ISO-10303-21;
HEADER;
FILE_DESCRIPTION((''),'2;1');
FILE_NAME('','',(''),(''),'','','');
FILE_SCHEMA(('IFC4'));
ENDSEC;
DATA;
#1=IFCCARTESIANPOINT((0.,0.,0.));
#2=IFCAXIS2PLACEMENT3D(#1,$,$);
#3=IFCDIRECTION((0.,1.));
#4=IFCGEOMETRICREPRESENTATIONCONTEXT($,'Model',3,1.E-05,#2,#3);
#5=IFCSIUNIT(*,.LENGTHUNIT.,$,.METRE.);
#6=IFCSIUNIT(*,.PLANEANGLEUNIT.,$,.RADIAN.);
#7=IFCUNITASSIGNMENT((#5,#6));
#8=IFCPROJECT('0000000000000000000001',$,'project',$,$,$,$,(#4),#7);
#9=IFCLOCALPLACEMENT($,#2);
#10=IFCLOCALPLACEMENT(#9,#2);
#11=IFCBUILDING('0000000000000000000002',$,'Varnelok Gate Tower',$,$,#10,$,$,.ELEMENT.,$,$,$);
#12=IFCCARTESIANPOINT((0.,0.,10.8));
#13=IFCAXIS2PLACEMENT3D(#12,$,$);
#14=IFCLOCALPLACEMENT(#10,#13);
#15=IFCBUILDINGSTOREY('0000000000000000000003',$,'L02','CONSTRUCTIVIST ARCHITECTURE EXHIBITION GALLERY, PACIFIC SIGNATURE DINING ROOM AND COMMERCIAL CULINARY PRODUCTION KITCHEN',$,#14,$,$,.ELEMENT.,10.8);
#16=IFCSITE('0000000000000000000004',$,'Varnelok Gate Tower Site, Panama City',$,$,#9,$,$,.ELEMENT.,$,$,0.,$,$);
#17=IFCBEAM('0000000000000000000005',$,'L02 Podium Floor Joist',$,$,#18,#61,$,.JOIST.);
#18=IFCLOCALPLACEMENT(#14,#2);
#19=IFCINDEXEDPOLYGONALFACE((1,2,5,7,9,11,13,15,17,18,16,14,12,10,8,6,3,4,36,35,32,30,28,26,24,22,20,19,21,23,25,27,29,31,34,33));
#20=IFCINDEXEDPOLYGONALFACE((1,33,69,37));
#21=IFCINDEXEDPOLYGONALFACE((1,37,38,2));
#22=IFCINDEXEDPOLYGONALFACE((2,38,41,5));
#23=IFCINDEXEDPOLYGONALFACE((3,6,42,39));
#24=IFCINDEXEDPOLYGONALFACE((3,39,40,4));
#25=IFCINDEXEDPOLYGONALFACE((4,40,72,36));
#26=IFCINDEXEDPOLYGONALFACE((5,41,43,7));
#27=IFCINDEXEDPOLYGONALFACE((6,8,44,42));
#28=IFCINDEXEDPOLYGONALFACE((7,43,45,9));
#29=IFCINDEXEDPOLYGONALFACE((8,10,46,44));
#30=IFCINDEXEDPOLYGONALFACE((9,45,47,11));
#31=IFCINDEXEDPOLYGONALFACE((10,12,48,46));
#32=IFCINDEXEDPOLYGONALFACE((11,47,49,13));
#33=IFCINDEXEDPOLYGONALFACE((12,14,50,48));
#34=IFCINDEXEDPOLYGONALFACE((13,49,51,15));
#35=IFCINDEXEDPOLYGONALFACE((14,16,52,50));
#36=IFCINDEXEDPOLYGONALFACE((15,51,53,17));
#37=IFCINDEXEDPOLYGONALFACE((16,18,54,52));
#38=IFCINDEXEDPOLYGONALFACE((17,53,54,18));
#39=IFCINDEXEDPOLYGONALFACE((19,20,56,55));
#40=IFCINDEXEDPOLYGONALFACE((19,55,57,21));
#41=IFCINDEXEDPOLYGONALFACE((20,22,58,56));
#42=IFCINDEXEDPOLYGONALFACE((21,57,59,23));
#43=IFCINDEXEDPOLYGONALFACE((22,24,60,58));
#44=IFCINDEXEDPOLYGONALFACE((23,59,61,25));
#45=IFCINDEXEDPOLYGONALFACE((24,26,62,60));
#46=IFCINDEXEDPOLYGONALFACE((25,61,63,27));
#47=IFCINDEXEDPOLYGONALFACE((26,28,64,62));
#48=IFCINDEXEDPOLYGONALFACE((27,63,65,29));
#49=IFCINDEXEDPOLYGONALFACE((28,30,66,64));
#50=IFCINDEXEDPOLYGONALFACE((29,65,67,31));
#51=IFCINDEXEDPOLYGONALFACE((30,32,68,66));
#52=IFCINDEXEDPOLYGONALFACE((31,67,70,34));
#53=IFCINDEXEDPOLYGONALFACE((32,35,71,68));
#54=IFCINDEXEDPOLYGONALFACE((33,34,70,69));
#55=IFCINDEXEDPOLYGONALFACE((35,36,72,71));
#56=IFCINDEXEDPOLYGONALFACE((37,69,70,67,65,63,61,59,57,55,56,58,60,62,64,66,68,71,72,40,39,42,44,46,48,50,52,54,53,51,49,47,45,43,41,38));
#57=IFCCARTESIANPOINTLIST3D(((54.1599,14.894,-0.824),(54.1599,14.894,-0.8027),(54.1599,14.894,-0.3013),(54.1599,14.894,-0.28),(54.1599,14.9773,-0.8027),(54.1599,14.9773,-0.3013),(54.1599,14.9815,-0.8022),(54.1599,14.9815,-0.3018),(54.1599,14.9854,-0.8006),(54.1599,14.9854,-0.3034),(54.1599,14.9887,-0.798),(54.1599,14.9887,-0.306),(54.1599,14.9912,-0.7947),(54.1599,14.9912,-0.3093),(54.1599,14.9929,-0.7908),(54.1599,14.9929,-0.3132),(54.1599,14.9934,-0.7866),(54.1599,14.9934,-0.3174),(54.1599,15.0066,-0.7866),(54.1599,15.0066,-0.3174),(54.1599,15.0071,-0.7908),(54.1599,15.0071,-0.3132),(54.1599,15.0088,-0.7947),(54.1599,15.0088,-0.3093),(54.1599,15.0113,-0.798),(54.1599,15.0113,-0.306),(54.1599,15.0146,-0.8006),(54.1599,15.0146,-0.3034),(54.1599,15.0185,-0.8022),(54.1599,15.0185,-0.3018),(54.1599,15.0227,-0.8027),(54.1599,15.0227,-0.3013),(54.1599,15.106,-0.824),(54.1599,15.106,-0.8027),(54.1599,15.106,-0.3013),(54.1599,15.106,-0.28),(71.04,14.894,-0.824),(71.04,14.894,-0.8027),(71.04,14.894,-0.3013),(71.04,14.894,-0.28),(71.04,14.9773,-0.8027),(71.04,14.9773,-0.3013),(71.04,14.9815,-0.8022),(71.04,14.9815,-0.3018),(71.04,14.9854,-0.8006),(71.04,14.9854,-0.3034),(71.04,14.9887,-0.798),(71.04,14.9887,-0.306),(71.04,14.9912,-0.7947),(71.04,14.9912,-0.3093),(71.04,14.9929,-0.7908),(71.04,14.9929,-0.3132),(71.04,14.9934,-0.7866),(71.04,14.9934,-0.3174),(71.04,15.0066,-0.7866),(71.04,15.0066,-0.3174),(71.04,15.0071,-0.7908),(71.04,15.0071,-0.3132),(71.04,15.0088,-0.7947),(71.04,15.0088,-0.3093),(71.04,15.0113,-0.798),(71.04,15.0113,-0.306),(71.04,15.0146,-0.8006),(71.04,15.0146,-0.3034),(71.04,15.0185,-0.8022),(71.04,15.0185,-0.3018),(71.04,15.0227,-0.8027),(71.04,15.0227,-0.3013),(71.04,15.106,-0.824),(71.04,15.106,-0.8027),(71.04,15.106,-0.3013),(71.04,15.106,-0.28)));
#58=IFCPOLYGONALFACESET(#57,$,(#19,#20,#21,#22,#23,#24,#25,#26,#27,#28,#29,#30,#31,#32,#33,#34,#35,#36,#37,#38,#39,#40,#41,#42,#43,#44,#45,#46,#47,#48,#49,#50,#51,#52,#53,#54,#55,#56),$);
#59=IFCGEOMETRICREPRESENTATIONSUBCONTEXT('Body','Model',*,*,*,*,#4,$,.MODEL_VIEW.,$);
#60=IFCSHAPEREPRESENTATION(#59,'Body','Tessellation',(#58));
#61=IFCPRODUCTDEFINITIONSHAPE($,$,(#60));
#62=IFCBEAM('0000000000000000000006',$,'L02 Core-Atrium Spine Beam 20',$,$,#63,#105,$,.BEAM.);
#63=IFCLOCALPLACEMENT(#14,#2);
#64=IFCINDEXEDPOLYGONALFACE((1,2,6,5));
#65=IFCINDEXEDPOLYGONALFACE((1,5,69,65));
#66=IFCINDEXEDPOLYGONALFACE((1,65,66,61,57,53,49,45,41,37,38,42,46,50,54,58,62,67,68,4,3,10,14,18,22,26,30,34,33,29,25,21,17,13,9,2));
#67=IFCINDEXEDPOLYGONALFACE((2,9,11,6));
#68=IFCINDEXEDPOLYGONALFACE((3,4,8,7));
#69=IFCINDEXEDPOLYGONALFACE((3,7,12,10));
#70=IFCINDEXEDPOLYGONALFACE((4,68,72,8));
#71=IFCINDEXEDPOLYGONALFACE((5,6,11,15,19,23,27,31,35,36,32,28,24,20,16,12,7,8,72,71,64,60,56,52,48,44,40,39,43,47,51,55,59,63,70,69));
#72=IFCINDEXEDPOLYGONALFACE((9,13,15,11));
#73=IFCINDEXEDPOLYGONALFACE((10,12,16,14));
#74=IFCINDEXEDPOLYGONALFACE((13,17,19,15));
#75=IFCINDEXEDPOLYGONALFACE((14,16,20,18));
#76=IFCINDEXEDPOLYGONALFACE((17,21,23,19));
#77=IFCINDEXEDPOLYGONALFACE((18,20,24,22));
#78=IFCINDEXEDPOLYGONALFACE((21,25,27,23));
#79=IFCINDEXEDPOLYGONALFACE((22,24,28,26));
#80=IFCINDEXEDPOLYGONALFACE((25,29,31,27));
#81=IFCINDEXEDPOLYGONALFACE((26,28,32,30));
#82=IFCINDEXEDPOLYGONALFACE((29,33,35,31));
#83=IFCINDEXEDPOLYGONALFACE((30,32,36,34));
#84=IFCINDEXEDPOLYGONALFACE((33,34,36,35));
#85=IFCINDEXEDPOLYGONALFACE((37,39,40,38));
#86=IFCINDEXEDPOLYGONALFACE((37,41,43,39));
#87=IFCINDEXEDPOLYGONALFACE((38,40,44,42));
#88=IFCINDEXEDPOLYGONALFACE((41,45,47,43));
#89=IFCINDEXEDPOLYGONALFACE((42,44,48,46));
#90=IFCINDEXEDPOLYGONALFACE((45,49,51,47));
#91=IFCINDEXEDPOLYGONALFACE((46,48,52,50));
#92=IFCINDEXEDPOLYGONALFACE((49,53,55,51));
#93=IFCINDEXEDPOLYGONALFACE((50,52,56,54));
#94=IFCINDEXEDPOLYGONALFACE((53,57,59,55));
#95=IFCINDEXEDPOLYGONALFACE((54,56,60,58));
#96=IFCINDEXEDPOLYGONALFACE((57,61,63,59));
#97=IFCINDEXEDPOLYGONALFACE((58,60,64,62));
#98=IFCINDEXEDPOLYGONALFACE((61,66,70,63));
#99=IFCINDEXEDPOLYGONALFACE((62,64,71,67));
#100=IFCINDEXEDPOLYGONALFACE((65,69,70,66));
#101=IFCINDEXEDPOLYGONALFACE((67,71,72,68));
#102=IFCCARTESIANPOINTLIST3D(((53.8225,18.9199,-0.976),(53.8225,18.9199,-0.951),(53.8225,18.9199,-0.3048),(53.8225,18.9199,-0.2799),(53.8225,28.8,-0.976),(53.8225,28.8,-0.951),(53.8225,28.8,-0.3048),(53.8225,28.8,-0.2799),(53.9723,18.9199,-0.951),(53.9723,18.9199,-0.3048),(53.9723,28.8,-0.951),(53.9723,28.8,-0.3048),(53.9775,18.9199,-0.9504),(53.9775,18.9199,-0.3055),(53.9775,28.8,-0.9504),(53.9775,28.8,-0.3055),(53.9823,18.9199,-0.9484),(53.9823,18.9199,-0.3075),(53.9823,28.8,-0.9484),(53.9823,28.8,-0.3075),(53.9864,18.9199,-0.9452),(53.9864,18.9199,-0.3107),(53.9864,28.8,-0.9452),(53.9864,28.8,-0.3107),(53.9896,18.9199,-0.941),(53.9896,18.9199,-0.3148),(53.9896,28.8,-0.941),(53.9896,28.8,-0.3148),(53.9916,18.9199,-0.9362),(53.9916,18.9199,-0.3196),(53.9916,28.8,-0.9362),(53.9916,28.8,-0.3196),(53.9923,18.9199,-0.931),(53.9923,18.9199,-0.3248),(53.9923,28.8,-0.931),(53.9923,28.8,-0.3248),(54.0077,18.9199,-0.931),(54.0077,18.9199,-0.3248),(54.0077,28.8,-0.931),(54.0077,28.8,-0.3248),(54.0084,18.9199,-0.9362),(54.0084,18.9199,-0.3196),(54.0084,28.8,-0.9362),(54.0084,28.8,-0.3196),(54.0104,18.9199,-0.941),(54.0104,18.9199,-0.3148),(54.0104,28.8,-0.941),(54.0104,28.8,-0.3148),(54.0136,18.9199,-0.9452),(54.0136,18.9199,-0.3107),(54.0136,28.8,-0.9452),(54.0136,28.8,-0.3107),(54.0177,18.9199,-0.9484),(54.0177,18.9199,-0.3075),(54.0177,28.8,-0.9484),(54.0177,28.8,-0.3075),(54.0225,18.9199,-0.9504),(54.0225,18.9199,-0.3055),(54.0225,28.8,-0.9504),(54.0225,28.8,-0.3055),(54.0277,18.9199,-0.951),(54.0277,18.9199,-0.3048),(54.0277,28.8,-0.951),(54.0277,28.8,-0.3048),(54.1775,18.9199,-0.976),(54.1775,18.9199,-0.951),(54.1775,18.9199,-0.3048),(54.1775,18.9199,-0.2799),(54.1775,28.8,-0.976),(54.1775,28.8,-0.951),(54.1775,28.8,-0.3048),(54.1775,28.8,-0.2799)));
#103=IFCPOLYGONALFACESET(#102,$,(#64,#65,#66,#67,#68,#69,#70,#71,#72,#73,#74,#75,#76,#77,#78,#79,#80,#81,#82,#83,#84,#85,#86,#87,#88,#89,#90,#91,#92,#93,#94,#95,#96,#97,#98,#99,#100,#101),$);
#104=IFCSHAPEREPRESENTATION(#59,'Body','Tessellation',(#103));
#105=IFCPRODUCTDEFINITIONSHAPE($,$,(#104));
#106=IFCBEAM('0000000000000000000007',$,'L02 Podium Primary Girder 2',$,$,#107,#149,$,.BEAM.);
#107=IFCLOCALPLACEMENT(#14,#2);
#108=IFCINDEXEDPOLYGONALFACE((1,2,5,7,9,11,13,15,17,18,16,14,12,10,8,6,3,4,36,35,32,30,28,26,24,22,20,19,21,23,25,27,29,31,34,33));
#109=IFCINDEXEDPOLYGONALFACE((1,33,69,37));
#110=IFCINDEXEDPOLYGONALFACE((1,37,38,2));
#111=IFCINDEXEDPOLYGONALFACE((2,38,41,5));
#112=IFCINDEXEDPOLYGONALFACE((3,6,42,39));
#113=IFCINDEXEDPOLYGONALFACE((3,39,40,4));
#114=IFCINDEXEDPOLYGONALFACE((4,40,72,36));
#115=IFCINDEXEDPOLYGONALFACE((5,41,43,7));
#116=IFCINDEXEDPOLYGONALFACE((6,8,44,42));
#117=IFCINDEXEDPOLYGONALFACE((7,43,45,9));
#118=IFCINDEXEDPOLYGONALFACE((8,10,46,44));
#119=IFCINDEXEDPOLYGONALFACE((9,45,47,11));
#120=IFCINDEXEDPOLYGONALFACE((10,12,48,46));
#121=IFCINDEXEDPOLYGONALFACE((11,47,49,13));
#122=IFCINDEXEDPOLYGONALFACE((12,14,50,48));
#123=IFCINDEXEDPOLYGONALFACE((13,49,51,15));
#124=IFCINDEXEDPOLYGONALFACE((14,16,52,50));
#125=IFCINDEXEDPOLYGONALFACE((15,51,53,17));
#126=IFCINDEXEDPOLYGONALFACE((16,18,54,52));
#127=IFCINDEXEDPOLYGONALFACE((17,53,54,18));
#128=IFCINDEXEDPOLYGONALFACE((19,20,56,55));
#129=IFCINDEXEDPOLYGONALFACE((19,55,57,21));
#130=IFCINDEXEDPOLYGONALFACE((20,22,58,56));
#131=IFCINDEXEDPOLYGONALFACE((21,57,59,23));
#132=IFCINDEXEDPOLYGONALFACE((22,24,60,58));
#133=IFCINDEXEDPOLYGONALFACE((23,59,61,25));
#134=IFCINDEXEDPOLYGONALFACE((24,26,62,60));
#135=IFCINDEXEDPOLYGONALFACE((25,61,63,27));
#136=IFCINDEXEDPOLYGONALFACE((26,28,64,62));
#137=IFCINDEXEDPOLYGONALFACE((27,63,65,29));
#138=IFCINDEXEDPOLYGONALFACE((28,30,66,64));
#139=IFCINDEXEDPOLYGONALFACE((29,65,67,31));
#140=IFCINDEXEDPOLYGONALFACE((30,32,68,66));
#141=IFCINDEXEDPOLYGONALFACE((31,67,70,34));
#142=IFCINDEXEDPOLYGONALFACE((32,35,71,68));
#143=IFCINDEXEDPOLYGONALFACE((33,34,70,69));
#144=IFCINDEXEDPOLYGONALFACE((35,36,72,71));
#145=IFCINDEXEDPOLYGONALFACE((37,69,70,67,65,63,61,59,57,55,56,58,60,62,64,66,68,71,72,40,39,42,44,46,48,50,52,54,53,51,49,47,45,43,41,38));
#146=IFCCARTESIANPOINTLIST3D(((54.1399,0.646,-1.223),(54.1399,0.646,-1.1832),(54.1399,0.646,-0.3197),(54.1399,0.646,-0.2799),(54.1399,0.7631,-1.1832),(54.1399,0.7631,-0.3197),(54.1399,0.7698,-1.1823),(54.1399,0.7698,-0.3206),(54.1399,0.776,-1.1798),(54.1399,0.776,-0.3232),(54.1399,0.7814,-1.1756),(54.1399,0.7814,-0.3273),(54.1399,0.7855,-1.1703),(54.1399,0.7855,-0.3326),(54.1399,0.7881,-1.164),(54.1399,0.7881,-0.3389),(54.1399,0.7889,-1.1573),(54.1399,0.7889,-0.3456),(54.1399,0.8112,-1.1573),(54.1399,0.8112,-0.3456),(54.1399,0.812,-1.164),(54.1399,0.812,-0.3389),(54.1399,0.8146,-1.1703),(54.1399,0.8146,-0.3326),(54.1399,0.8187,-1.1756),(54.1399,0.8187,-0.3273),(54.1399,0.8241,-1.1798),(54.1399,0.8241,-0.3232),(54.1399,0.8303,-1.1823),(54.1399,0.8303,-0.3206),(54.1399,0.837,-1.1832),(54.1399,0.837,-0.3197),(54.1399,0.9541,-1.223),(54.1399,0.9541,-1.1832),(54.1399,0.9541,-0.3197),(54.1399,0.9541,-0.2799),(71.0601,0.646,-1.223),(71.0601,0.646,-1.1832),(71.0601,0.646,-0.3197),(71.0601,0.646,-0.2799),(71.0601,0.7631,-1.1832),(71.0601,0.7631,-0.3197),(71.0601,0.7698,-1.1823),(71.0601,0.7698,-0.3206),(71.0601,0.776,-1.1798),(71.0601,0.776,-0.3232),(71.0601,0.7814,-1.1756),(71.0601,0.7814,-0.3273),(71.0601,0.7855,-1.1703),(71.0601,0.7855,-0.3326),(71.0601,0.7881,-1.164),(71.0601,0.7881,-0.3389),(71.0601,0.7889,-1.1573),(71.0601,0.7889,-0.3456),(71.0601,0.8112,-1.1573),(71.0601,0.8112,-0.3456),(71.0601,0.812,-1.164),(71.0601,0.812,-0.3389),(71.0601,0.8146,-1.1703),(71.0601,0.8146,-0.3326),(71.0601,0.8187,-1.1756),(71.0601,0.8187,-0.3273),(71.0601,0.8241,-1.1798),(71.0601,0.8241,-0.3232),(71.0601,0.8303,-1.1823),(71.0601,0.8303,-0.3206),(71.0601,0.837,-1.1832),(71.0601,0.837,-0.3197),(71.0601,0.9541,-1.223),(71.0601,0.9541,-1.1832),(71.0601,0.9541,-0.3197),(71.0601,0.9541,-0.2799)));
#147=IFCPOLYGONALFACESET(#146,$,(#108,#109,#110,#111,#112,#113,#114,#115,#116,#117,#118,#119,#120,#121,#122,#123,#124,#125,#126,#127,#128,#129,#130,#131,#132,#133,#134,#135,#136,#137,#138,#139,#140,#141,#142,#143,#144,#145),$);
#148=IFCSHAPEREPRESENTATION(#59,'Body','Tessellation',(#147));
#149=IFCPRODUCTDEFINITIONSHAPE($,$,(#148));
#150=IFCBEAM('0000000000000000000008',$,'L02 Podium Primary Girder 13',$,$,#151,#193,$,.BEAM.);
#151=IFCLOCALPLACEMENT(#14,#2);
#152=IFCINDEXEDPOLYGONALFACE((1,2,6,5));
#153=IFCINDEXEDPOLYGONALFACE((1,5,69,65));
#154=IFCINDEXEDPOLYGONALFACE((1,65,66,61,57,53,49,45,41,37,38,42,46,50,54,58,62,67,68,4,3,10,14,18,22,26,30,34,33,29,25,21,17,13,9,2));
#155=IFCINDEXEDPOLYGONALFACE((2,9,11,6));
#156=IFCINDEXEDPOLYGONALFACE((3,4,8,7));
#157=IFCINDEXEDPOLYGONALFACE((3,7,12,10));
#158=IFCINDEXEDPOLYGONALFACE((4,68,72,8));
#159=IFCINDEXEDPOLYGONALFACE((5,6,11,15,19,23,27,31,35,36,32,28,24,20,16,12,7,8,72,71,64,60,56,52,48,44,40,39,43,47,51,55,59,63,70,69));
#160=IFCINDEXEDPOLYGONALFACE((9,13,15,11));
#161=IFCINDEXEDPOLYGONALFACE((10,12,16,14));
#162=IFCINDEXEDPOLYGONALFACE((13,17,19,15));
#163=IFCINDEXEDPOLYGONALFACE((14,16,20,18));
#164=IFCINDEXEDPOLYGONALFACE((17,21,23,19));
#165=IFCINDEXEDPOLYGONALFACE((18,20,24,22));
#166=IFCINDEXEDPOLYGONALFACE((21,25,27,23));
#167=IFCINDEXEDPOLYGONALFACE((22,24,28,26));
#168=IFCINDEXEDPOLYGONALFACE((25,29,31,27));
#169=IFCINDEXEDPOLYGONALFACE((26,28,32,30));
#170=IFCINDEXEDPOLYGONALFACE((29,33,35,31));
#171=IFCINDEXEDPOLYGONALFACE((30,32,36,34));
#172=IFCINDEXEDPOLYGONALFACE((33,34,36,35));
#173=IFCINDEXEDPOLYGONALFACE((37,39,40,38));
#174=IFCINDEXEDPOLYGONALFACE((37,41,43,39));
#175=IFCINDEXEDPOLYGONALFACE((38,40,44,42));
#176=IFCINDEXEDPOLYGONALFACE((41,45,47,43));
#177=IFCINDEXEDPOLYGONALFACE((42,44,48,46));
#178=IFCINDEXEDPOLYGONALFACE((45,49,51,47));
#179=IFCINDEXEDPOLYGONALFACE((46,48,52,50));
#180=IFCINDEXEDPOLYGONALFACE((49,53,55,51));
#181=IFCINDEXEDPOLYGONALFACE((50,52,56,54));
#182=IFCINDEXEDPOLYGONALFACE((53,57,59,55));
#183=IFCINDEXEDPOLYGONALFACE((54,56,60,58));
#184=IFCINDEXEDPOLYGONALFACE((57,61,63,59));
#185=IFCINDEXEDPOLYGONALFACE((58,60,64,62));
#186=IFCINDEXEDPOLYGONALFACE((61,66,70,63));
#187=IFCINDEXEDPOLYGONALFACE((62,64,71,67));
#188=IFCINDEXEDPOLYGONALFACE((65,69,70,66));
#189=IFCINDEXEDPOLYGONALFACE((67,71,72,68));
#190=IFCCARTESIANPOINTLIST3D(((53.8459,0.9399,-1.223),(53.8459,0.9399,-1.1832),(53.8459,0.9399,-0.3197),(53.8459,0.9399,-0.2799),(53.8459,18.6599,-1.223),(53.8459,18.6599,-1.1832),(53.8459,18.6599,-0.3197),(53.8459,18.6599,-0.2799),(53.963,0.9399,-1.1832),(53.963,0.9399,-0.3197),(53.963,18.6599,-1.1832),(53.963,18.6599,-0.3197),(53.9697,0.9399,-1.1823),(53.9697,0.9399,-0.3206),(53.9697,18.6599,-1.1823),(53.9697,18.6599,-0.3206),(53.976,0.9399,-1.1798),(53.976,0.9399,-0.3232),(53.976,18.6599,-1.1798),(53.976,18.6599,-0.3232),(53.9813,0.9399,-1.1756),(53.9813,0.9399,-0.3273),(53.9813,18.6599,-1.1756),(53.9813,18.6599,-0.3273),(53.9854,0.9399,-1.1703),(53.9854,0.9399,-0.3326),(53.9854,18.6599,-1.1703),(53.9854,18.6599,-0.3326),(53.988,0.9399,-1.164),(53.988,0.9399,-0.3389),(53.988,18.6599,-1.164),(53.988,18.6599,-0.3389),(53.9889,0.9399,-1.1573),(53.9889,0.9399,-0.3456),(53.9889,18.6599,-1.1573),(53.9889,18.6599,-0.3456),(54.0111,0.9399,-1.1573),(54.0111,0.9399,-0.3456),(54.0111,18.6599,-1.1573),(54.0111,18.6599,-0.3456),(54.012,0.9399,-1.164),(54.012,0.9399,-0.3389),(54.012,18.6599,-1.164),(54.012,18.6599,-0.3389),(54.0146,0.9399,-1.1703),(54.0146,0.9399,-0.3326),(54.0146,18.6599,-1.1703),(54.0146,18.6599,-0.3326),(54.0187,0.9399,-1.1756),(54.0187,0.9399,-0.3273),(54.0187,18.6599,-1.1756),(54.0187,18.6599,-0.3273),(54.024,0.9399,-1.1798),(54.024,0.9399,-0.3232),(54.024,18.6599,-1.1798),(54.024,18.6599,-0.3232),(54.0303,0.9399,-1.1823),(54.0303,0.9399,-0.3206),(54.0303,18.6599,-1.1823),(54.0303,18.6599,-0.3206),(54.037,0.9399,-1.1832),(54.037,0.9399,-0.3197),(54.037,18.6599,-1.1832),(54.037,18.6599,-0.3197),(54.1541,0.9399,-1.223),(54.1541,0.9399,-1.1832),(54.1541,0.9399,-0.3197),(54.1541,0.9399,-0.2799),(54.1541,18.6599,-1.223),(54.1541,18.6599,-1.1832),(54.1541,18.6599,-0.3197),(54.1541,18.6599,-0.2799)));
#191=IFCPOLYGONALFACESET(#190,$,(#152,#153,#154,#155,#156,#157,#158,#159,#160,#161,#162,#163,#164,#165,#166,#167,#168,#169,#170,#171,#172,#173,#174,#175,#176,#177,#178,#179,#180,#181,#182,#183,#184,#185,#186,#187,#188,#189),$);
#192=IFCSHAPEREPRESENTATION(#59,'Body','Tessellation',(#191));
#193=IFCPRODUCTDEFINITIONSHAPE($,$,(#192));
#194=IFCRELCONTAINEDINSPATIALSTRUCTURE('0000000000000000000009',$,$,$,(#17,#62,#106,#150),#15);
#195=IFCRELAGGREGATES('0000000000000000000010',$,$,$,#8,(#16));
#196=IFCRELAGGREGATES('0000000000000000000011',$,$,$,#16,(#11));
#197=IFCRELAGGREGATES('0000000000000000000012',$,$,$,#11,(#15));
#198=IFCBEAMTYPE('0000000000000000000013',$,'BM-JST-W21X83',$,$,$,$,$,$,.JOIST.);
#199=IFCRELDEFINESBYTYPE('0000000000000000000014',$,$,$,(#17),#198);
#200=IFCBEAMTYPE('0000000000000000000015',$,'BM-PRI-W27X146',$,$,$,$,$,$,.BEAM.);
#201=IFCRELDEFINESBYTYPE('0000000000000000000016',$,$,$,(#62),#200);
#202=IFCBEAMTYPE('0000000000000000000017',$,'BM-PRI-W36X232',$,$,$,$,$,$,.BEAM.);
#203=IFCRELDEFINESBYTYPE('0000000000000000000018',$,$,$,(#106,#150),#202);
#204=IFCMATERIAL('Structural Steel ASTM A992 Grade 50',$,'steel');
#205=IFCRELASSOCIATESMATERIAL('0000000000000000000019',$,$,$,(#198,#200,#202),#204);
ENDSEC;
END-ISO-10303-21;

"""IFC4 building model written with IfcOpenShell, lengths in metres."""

from ifc_helpers import new_model, si_unit, direction, frame, origin, origin_2d, place, context, subcontext, project, spatial, i_section, extrude, material, material_profile, profile_set, type_object, element, save


model = new_model("IFC4")

# Units and contexts
model_context = context("Model", 3, precision=1e-05, world=origin(), true_north=direction((0.0, 1.0)))
body_context = subcontext(model_context, "Body", "Model", "MODEL_VIEW")
ifc_project = project(units=[si_unit("LENGTHUNIT", "METRE"), si_unit("PLANEANGLEUNIT", "RADIAN")], contexts=[model_context])

# Site, building, storey
site_placement = place(None, origin())
site = spatial("IfcSite", under=ifc_project, at=site_placement, Name="Varnelok Gate Tower Site, Panama City", CompositionType="ELEMENT", RefElevation=0.0)
building_placement = place(site_placement, origin())
building = spatial("IfcBuilding", under=site, at=building_placement, Name="Varnelok Gate Tower", CompositionType="ELEMENT")
storey_placement = place(building_placement, frame((0.0, 0.0, 10.8)))
storey = spatial("IfcBuildingStorey", under=building, at=storey_placement, Name="L02", Description="CONSTRUCTIVIST ARCHITECTURE EXHIBITION GALLERY, PACIFIC SIGNATURE DINING ROOM AND COMMERCIAL CULINARY PRODUCTION KITCHEN", CompositionType="ELEMENT", Elevation=10.8)

# Beams
ifc_material_1 = material(Name="Structural Steel ASTM A992 Grade 50", Category="steel")
ifc_material_profile_1 = material_profile(ifc_material_1, i_section(OverallWidth=0.2119, OverallDepth=0.5439, WebThickness=0.0132, FlangeThickness=0.0212, FilletRadius=0.0161, at=origin_2d()), Name="W21X83")
ifc_profile_set_1 = profile_set([ifc_material_profile_1], Name="Structural Steel ASTM A992 Grade 50")
beam_type_1 = type_object("IfcBeamType", Name="BM-JST-W21X83", PredefinedType="JOIST", material=ifc_profile_set_1)
for number, where, z_axis, x_axis, name in (
    (1, (54.1599, 15.0, -0.552), (1.0, 0.0, 0.0), (0.0, 1.0, 0.0), "L02 Podium Floor Joist"),
):
    element("IfcBeam", number, at=place(storey_placement, frame(where, z_axis=z_axis, x_axis=x_axis)), inside=storey, type_object=beam_type_1, Name=name, PredefinedType="JOIST", context=body_context, shape_type="SweptSolid", body=[
        extrude(i_section(OverallWidth=0.2119, OverallDepth=0.5439, WebThickness=0.0132, FlangeThickness=0.0212, FilletRadius=0.0161, at=origin_2d()), origin(), (0.0, 0.0, 1.0), 16.8801),
    ])
ifc_material_profile_2 = material_profile(ifc_material_1, i_section(OverallWidth=0.355, OverallDepth=0.696, WebThickness=0.0154, FlangeThickness=0.0249, FilletRadius=0.02, at=origin_2d()), Name="W27X146")
ifc_profile_set_2 = profile_set([ifc_material_profile_2], Name="Structural Steel ASTM A992 Grade 50")
beam_type_2 = type_object("IfcBeamType", Name="BM-PRI-W27X146", PredefinedType="BEAM", material=ifc_profile_set_2)
beam_1_placement = place(storey_placement, frame((54.0, 18.9199, -0.6279), z_axis=(0.0, 1.0, 0.0), x_axis=(-1.0, 0.0, 0.0)))
element("IfcBeam", 2, at=beam_1_placement, inside=storey, type_object=beam_type_2, Name="L02 Core-Atrium Spine Beam 20", PredefinedType="BEAM", context=body_context, shape_type="SweptSolid", body=[
    extrude(i_section(OverallWidth=0.355, OverallDepth=0.696, WebThickness=0.0154, FlangeThickness=0.0249, FilletRadius=0.02, at=origin_2d()), origin(), (0.0, 0.0, 1.0), 9.8801),
])
ifc_material_profile_3 = material_profile(ifc_material_1, i_section(OverallWidth=0.3081, OverallDepth=0.9431, WebThickness=0.0222, FlangeThickness=0.0398, FilletRadius=0.0259, at=origin_2d()), Name="W36X232")
ifc_profile_set_3 = profile_set([ifc_material_profile_3], Name="Structural Steel ASTM A992 Grade 50")
beam_type_3 = type_object("IfcBeamType", Name="BM-PRI-W36X232", PredefinedType="BEAM", material=ifc_profile_set_3)
beam_2_placement = place(storey_placement, frame((54.1399, 0.8, -0.7515), z_axis=(1.0, 0.0, 0.0), x_axis=(0.0, 1.0, 0.0)))
element("IfcBeam", 3, at=beam_2_placement, inside=storey, type_object=beam_type_3, Name="L02 Podium Primary Girder 2", PredefinedType="BEAM", context=body_context, shape_type="SweptSolid", body=[
    extrude(i_section(OverallWidth=0.3081, OverallDepth=0.9431, WebThickness=0.0222, FlangeThickness=0.0398, FilletRadius=0.0259, at=origin_2d()), origin(), (0.0, 0.0, 1.0), 16.9202),
])
beam_3_placement = place(storey_placement, frame((54.0, 0.9399, -0.7515), z_axis=(0.0, 1.0, 0.0), x_axis=(-1.0, 0.0, 0.0)))
element("IfcBeam", 4, at=beam_3_placement, inside=storey, type_object=beam_type_3, Name="L02 Podium Primary Girder 13", PredefinedType="BEAM", context=body_context, shape_type="SweptSolid", body=[
    extrude(i_section(OverallWidth=0.3081, OverallDepth=0.9431, WebThickness=0.0222, FlangeThickness=0.0398, FilletRadius=0.0259, at=origin_2d()), origin(), (0.0, 0.0, 1.0), 17.72),
])

save(model, "model.ifc")
